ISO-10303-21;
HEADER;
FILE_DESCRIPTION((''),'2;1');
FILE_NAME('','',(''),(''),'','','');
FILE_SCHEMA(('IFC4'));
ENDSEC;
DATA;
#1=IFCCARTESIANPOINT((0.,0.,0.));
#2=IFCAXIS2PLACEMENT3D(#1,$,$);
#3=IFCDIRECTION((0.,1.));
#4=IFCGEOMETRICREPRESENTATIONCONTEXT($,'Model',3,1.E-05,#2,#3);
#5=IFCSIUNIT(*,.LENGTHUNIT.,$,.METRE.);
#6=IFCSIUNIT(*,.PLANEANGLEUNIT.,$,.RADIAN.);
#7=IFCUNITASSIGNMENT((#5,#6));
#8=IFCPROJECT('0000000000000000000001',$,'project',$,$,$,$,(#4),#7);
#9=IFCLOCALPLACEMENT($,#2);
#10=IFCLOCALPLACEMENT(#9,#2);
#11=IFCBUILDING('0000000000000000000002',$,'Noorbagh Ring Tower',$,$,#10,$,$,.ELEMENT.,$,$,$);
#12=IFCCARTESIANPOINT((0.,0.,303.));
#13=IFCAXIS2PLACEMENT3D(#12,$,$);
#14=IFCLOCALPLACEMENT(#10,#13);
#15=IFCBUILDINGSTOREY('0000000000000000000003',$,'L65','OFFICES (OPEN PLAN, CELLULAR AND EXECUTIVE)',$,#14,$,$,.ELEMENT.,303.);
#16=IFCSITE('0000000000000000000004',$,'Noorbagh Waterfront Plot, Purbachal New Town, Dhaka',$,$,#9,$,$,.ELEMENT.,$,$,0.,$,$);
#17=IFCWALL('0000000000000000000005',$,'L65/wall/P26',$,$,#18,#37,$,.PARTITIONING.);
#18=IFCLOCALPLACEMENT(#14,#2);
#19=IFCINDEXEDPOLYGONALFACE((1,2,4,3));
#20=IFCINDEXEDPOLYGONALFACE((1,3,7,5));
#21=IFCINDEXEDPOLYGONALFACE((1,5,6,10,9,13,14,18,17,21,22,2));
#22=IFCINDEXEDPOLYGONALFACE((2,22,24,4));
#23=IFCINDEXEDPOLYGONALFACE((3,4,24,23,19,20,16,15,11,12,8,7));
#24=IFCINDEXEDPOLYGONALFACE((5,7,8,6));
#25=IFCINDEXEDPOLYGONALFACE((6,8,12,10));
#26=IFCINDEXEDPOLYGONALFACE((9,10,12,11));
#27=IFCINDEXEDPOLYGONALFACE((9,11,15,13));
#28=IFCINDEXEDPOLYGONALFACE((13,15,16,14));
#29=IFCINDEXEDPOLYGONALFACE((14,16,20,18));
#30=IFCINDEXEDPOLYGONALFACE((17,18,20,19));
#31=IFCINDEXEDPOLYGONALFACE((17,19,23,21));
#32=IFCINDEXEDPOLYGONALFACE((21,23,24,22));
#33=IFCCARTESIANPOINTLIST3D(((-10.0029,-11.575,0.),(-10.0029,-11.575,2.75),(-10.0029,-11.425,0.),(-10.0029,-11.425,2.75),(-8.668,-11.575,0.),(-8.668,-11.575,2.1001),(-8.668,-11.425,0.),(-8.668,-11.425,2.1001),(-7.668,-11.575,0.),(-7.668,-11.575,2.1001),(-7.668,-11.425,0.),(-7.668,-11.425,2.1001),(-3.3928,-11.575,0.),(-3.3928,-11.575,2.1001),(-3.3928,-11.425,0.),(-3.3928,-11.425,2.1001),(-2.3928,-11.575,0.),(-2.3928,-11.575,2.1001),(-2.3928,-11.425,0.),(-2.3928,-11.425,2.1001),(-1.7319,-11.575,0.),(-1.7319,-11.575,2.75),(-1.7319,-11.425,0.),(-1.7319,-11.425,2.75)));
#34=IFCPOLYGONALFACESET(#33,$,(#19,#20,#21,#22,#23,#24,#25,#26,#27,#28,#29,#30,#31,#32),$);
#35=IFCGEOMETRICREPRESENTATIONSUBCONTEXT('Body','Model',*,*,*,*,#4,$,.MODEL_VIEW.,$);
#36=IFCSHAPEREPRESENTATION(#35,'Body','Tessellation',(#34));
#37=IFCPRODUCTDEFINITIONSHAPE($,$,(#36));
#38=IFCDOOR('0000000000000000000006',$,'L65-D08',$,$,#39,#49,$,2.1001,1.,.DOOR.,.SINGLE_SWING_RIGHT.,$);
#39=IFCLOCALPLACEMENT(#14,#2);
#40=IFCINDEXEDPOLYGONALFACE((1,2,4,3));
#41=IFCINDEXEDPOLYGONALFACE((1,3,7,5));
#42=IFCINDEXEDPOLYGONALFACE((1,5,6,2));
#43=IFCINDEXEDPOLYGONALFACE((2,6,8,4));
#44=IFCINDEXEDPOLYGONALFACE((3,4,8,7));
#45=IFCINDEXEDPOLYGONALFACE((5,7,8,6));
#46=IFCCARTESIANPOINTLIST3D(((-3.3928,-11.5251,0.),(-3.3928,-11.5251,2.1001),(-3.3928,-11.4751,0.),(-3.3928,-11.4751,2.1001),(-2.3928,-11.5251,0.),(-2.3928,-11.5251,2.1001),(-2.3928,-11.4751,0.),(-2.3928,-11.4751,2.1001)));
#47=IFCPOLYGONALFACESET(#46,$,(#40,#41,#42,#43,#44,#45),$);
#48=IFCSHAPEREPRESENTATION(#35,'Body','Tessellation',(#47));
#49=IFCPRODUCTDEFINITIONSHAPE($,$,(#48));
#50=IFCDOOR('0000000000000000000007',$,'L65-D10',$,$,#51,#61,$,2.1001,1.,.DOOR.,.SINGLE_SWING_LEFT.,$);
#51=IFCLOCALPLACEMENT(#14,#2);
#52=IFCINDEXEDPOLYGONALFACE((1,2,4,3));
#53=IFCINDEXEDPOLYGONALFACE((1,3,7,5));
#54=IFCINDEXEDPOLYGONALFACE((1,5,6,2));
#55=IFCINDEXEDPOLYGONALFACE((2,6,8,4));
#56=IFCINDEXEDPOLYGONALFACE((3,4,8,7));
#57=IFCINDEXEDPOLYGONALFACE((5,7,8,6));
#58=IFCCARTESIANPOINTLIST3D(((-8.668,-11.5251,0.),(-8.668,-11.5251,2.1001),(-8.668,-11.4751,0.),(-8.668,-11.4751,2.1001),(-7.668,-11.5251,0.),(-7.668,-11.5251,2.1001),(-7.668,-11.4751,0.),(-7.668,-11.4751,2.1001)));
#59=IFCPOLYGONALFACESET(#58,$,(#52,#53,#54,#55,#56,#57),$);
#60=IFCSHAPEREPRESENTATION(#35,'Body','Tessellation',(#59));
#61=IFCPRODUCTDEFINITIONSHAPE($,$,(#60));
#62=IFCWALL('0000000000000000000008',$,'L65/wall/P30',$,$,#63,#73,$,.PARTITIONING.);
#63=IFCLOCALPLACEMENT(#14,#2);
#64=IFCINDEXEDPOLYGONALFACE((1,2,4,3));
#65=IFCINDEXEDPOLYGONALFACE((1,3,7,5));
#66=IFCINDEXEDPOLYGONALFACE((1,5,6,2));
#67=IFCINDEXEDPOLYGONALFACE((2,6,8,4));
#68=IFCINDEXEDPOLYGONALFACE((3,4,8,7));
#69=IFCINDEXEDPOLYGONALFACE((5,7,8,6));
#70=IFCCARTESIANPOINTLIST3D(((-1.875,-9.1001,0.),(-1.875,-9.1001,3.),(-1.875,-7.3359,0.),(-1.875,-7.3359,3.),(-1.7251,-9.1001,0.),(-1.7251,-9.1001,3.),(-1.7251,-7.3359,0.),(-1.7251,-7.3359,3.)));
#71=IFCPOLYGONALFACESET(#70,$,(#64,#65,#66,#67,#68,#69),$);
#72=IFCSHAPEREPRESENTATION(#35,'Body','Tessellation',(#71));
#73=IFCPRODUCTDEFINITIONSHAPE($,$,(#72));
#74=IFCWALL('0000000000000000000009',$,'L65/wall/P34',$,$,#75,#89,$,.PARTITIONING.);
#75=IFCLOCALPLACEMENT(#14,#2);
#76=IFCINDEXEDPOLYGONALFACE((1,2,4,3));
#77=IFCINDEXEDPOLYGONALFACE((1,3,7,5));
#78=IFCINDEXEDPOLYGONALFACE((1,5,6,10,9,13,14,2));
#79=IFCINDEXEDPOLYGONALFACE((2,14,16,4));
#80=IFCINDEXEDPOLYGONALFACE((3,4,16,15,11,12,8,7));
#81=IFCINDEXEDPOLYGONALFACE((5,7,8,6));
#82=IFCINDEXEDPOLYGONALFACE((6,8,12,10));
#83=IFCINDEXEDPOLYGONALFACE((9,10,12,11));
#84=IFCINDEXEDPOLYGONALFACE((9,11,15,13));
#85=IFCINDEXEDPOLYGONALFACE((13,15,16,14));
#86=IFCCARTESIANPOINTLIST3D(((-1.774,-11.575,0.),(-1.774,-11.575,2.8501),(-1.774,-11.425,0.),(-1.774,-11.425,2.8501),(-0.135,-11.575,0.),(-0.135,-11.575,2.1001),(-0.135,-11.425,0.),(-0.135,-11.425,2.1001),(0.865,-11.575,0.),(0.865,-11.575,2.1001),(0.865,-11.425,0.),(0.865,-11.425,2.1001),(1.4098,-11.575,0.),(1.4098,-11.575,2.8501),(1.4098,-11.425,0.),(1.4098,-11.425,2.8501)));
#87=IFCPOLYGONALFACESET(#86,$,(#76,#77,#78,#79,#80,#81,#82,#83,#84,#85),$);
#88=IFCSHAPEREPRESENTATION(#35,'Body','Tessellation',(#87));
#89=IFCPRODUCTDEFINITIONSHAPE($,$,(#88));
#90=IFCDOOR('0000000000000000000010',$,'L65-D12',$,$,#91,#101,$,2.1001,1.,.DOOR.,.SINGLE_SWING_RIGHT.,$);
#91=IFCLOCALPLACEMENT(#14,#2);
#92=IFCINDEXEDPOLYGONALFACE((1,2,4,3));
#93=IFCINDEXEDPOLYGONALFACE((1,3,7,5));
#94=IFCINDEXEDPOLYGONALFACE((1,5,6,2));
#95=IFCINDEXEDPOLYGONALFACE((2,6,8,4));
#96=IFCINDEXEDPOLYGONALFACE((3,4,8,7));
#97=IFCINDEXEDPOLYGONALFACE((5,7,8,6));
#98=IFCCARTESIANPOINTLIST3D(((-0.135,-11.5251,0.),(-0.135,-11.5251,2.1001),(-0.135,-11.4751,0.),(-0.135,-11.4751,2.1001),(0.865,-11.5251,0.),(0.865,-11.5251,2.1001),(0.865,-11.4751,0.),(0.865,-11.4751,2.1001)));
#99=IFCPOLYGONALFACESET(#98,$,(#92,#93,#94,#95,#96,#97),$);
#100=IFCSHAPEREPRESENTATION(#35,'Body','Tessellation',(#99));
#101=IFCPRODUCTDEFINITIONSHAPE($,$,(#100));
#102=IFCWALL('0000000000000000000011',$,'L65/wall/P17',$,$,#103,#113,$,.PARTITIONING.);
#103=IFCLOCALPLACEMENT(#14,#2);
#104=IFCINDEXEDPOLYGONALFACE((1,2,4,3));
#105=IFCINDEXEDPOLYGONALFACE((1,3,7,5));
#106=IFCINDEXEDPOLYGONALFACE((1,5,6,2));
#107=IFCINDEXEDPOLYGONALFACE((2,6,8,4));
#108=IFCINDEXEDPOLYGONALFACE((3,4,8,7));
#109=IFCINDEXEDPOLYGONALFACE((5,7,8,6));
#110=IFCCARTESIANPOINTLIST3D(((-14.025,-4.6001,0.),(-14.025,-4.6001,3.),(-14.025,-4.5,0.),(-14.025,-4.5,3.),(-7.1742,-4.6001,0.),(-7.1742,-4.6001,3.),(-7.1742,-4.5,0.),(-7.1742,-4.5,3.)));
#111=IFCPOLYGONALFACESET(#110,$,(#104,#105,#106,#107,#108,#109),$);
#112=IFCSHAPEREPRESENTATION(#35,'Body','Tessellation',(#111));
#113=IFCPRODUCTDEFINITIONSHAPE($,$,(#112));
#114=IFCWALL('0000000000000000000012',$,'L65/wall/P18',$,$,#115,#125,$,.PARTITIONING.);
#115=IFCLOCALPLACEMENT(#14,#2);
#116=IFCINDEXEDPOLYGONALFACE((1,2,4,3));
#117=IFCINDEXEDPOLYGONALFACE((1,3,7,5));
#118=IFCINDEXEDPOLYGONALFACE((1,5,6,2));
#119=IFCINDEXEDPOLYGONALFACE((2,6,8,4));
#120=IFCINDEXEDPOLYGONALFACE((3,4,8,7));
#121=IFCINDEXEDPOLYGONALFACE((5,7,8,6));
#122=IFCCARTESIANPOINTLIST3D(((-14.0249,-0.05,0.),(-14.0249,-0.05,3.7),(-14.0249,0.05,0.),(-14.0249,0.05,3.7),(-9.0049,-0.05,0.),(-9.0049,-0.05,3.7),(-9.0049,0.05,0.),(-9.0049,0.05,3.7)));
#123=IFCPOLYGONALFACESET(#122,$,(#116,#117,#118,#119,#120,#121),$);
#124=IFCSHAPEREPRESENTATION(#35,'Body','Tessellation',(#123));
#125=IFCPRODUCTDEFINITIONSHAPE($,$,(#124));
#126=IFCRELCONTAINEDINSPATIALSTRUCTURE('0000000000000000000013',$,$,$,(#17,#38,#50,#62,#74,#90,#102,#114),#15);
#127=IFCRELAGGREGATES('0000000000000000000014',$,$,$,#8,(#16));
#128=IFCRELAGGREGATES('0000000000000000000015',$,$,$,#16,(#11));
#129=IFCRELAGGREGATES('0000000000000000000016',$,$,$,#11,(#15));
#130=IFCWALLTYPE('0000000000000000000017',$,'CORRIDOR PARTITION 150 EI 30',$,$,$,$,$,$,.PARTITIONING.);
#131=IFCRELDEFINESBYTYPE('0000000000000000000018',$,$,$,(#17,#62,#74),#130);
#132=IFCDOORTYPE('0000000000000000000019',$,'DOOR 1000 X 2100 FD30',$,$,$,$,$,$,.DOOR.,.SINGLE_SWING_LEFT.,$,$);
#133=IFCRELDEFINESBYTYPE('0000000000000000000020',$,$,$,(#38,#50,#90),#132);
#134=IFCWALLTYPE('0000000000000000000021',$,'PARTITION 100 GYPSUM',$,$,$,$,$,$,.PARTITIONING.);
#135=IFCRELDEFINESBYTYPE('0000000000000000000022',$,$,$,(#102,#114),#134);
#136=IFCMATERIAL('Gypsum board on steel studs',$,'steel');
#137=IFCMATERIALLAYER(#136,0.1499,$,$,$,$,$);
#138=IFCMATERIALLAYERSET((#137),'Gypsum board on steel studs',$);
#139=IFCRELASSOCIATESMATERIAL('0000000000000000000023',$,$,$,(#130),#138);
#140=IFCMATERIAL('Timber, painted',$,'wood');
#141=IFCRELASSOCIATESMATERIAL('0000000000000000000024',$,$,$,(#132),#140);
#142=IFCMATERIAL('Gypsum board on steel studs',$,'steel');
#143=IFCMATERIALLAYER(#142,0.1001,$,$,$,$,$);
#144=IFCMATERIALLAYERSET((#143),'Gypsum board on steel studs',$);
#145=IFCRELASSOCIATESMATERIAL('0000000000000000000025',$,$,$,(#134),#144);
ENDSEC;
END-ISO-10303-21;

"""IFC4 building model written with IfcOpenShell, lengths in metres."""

from ifc_helpers import new_model, si_unit, direction, frame, frame_2d, origin, place, context, subcontext, project, spatial, rectangle, extrude, material, layer, layer_set, type_object, element, fill, save


model = new_model("IFC4")

# Units and contexts
model_context = context("Model", 3, precision=1e-05, world=origin(), true_north=direction((0.0, 1.0)))
body_context = subcontext(model_context, "Body", "Model", "MODEL_VIEW")
ifc_project = project(units=[si_unit("LENGTHUNIT", "METRE"), si_unit("PLANEANGLEUNIT", "RADIAN")], contexts=[model_context])

# Site, building, storey
site_placement = place(None, origin())
site = spatial("IfcSite", under=ifc_project, at=site_placement, Name="Noorbagh Waterfront Plot, Purbachal New Town, Dhaka", CompositionType="ELEMENT", RefElevation=0.0)
building_placement = place(site_placement, origin())
building = spatial("IfcBuilding", under=site, at=building_placement, Name="Noorbagh Ring Tower", CompositionType="ELEMENT")
storey_placement = place(building_placement, frame((0.0, 0.0, 303.0)))
storey = spatial("IfcBuildingStorey", under=building, at=storey_placement, Name="L65", Description="OFFICES (OPEN PLAN, CELLULAR AND EXECUTIVE)", CompositionType="ELEMENT", Elevation=303.0)

# Shared definitions
ifc_material_1 = material(Name="Gypsum board on steel studs", Category="steel")
ifc_layer_1 = layer(ifc_material_1, 0.1499)
ifc_layer_set_1 = layer_set([ifc_layer_1], Name="Gypsum board on steel studs")
wall_type_1 = type_object("IfcWallType", Name="CORRIDOR PARTITION 150 EI 30", PredefinedType="PARTITIONING", material=ifc_layer_set_1)
ifc_material_2 = material(Name="Timber, painted", Category="wood")
door_type_1 = type_object("IfcDoorType", Name="DOOR 1000 X 2100 FD30", OperationType="SINGLE_SWING_LEFT", PredefinedType="DOOR", material=ifc_material_2)

# Wall, openings, doors
wall_1_placement = place(storey_placement, frame((-10.0029, -11.5, 0.0), z_axis=(0.0, 0.0, 1.0), x_axis=(1.0, 0.0, 0.0)))
wall_1 = element("IfcWall", 1, at=wall_1_placement, inside=storey, type_object=wall_type_1, Name="L65/wall/P26", PredefinedType="PARTITIONING", context=body_context, shape_type="SweptSolid", body=[
    extrude(rectangle(XDim=8.271, YDim=0.1499, at=frame_2d((4.1355, 0.0))), origin(), (0.0, 0.0, 1.0), 2.75),
])
opening_1_placement = place(wall_1_placement, frame((6.6101, 0.0, 0.0)))
opening_1 = element("IfcOpeningElement", 2, at=opening_1_placement, cuts=wall_1, PredefinedType="OPENING", context=body_context, shape_type="SweptSolid", body=[
    extrude(rectangle(XDim=1.0, YDim=2.1001, at=frame_2d((0.5, 1.05))), frame((0.0, 0.085, 0.0), z_axis=(0.0, -1.0, 0.0), x_axis=(1.0, 0.0, 0.0)), (0.0, 0.0, 1.0), 0.1699),
])
opening_2_placement = place(wall_1_placement, frame((1.335, 0.0, 0.0)))
opening_2 = element("IfcOpeningElement", 3, at=opening_2_placement, cuts=wall_1, PredefinedType="OPENING", context=body_context, shape_type="SweptSolid", body=[
    extrude(rectangle(XDim=1.0, YDim=2.1001, at=frame_2d((0.5, 1.05))), frame((0.0, 0.085, 0.0), z_axis=(0.0, -1.0, 0.0), x_axis=(1.0, 0.0, 0.0)), (0.0, 0.0, 1.0), 0.1699),
])
door_1_placement = place(opening_1_placement, origin())
door_1 = element("IfcDoor", 4, at=door_1_placement, inside=storey, type_object=door_type_1, Name="L65-D08", OperationType="SINGLE_SWING_RIGHT", OverallHeight=2.1001, OverallWidth=1.0, PredefinedType="DOOR", context=body_context, shape_type="SweptSolid", body=[
    extrude(rectangle(XDim=1.0, YDim=2.1001, at=frame_2d((0.5, 1.05))), frame((0.0, 0.0249, 0.0), z_axis=(0.0, -1.0, 0.0), x_axis=(1.0, 0.0, 0.0)), (0.0, 0.0, 1.0), 0.05),
])
fill(opening_1, door_1)
door_2_placement = place(opening_2_placement, origin())
door_2 = element("IfcDoor", 5, at=door_2_placement, inside=storey, type_object=door_type_1, Name="L65-D10", OperationType="SINGLE_SWING_LEFT", OverallHeight=2.1001, OverallWidth=1.0, PredefinedType="DOOR", context=body_context, shape_type="SweptSolid", body=[
    extrude(rectangle(XDim=1.0, YDim=2.1001, at=frame_2d((0.5, 1.05))), frame((0.0, 0.0249, 0.0), z_axis=(0.0, -1.0, 0.0), x_axis=(1.0, 0.0, 0.0)), (0.0, 0.0, 1.0), 0.05),
])
fill(opening_2, door_2)

# Wall
wall_2_placement = place(storey_placement, frame((-1.8, -9.1001, 0.0), z_axis=(0.0, 0.0, 1.0), x_axis=(0.0, 1.0, 0.0)))
element("IfcWall", 6, at=wall_2_placement, inside=storey, type_object=wall_type_1, Name="L65/wall/P30", PredefinedType="PARTITIONING", context=body_context, shape_type="SweptSolid", body=[
    extrude(rectangle(XDim=1.7642, YDim=0.1499, at=frame_2d((0.8821, 0.0))), origin(), (0.0, 0.0, 1.0), 3.0),
])

# Wall, opening, door
wall_3_placement = place(storey_placement, frame((-1.7739, -11.5, 0.0), z_axis=(0.0, 0.0, 1.0), x_axis=(1.0, 0.0, 0.0)))
wall_3 = element("IfcWall", 7, at=wall_3_placement, inside=storey, type_object=wall_type_1, Name="L65/wall/P34", PredefinedType="PARTITIONING", context=body_context, shape_type="SweptSolid", body=[
    extrude(rectangle(XDim=3.1838, YDim=0.1499, at=frame_2d((1.5918, 0.0))), origin(), (0.0, 0.0, 1.0), 2.8501),
])
opening_3_placement = place(wall_3_placement, frame((1.6389, 0.0, 0.0)))
opening_3 = element("IfcOpeningElement", 8, at=opening_3_placement, cuts=wall_3, PredefinedType="OPENING", context=body_context, shape_type="SweptSolid", body=[
    extrude(rectangle(XDim=1.0, YDim=2.1001, at=frame_2d((0.5, 1.05))), frame((0.0, 0.085, 0.0), z_axis=(0.0, -1.0, 0.0), x_axis=(1.0, 0.0, 0.0)), (0.0, 0.0, 1.0), 0.1699),
])
door_3_placement = place(opening_3_placement, origin())
door_3 = element("IfcDoor", 9, at=door_3_placement, inside=storey, type_object=door_type_1, Name="L65-D12", OperationType="SINGLE_SWING_RIGHT", OverallHeight=2.1001, OverallWidth=1.0, PredefinedType="DOOR", context=body_context, shape_type="SweptSolid", body=[
    extrude(rectangle(XDim=1.0, YDim=2.1001, at=frame_2d((0.5, 1.05))), frame((0.0, 0.0249, 0.0), z_axis=(0.0, -1.0, 0.0), x_axis=(1.0, 0.0, 0.0)), (0.0, 0.0, 1.0), 0.05),
])
fill(opening_3, door_3)

# Walls
ifc_material_3 = material(Name="Gypsum board on steel studs", Category="steel")
ifc_layer_2 = layer(ifc_material_3, 0.1001)
ifc_layer_set_2 = layer_set([ifc_layer_2], Name="Gypsum board on steel studs")
wall_type_2 = type_object("IfcWallType", Name="PARTITION 100 GYPSUM", PredefinedType="PARTITIONING", material=ifc_layer_set_2)
wall_4_placement = place(storey_placement, frame((-14.0249, -4.55, 0.0), z_axis=(0.0, 0.0, 1.0), x_axis=(1.0, 0.0, 0.0)))
element("IfcWall", 10, at=wall_4_placement, inside=storey, type_object=wall_type_2, Name="L65/wall/P17", PredefinedType="PARTITIONING", context=body_context, shape_type="SweptSolid", body=[
    extrude(rectangle(XDim=6.8508, YDim=0.1001, at=frame_2d((3.4253, 0.0))), origin(), (0.0, 0.0, 1.0), 3.0),
])
wall_5_placement = place(storey_placement, frame((-14.0249, 0.0, 0.0), z_axis=(0.0, 0.0, 1.0), x_axis=(1.0, 0.0, 0.0)))
element("IfcWall", 11, at=wall_5_placement, inside=storey, type_object=wall_type_2, Name="L65/wall/P18", PredefinedType="PARTITIONING", context=body_context, shape_type="SweptSolid", body=[
    extrude(rectangle(XDim=5.02, YDim=0.1001, at=frame_2d((2.51, 0.0))), origin(), (0.0, 0.0, 1.0), 3.7),
])

save(model, "model.ifc")
